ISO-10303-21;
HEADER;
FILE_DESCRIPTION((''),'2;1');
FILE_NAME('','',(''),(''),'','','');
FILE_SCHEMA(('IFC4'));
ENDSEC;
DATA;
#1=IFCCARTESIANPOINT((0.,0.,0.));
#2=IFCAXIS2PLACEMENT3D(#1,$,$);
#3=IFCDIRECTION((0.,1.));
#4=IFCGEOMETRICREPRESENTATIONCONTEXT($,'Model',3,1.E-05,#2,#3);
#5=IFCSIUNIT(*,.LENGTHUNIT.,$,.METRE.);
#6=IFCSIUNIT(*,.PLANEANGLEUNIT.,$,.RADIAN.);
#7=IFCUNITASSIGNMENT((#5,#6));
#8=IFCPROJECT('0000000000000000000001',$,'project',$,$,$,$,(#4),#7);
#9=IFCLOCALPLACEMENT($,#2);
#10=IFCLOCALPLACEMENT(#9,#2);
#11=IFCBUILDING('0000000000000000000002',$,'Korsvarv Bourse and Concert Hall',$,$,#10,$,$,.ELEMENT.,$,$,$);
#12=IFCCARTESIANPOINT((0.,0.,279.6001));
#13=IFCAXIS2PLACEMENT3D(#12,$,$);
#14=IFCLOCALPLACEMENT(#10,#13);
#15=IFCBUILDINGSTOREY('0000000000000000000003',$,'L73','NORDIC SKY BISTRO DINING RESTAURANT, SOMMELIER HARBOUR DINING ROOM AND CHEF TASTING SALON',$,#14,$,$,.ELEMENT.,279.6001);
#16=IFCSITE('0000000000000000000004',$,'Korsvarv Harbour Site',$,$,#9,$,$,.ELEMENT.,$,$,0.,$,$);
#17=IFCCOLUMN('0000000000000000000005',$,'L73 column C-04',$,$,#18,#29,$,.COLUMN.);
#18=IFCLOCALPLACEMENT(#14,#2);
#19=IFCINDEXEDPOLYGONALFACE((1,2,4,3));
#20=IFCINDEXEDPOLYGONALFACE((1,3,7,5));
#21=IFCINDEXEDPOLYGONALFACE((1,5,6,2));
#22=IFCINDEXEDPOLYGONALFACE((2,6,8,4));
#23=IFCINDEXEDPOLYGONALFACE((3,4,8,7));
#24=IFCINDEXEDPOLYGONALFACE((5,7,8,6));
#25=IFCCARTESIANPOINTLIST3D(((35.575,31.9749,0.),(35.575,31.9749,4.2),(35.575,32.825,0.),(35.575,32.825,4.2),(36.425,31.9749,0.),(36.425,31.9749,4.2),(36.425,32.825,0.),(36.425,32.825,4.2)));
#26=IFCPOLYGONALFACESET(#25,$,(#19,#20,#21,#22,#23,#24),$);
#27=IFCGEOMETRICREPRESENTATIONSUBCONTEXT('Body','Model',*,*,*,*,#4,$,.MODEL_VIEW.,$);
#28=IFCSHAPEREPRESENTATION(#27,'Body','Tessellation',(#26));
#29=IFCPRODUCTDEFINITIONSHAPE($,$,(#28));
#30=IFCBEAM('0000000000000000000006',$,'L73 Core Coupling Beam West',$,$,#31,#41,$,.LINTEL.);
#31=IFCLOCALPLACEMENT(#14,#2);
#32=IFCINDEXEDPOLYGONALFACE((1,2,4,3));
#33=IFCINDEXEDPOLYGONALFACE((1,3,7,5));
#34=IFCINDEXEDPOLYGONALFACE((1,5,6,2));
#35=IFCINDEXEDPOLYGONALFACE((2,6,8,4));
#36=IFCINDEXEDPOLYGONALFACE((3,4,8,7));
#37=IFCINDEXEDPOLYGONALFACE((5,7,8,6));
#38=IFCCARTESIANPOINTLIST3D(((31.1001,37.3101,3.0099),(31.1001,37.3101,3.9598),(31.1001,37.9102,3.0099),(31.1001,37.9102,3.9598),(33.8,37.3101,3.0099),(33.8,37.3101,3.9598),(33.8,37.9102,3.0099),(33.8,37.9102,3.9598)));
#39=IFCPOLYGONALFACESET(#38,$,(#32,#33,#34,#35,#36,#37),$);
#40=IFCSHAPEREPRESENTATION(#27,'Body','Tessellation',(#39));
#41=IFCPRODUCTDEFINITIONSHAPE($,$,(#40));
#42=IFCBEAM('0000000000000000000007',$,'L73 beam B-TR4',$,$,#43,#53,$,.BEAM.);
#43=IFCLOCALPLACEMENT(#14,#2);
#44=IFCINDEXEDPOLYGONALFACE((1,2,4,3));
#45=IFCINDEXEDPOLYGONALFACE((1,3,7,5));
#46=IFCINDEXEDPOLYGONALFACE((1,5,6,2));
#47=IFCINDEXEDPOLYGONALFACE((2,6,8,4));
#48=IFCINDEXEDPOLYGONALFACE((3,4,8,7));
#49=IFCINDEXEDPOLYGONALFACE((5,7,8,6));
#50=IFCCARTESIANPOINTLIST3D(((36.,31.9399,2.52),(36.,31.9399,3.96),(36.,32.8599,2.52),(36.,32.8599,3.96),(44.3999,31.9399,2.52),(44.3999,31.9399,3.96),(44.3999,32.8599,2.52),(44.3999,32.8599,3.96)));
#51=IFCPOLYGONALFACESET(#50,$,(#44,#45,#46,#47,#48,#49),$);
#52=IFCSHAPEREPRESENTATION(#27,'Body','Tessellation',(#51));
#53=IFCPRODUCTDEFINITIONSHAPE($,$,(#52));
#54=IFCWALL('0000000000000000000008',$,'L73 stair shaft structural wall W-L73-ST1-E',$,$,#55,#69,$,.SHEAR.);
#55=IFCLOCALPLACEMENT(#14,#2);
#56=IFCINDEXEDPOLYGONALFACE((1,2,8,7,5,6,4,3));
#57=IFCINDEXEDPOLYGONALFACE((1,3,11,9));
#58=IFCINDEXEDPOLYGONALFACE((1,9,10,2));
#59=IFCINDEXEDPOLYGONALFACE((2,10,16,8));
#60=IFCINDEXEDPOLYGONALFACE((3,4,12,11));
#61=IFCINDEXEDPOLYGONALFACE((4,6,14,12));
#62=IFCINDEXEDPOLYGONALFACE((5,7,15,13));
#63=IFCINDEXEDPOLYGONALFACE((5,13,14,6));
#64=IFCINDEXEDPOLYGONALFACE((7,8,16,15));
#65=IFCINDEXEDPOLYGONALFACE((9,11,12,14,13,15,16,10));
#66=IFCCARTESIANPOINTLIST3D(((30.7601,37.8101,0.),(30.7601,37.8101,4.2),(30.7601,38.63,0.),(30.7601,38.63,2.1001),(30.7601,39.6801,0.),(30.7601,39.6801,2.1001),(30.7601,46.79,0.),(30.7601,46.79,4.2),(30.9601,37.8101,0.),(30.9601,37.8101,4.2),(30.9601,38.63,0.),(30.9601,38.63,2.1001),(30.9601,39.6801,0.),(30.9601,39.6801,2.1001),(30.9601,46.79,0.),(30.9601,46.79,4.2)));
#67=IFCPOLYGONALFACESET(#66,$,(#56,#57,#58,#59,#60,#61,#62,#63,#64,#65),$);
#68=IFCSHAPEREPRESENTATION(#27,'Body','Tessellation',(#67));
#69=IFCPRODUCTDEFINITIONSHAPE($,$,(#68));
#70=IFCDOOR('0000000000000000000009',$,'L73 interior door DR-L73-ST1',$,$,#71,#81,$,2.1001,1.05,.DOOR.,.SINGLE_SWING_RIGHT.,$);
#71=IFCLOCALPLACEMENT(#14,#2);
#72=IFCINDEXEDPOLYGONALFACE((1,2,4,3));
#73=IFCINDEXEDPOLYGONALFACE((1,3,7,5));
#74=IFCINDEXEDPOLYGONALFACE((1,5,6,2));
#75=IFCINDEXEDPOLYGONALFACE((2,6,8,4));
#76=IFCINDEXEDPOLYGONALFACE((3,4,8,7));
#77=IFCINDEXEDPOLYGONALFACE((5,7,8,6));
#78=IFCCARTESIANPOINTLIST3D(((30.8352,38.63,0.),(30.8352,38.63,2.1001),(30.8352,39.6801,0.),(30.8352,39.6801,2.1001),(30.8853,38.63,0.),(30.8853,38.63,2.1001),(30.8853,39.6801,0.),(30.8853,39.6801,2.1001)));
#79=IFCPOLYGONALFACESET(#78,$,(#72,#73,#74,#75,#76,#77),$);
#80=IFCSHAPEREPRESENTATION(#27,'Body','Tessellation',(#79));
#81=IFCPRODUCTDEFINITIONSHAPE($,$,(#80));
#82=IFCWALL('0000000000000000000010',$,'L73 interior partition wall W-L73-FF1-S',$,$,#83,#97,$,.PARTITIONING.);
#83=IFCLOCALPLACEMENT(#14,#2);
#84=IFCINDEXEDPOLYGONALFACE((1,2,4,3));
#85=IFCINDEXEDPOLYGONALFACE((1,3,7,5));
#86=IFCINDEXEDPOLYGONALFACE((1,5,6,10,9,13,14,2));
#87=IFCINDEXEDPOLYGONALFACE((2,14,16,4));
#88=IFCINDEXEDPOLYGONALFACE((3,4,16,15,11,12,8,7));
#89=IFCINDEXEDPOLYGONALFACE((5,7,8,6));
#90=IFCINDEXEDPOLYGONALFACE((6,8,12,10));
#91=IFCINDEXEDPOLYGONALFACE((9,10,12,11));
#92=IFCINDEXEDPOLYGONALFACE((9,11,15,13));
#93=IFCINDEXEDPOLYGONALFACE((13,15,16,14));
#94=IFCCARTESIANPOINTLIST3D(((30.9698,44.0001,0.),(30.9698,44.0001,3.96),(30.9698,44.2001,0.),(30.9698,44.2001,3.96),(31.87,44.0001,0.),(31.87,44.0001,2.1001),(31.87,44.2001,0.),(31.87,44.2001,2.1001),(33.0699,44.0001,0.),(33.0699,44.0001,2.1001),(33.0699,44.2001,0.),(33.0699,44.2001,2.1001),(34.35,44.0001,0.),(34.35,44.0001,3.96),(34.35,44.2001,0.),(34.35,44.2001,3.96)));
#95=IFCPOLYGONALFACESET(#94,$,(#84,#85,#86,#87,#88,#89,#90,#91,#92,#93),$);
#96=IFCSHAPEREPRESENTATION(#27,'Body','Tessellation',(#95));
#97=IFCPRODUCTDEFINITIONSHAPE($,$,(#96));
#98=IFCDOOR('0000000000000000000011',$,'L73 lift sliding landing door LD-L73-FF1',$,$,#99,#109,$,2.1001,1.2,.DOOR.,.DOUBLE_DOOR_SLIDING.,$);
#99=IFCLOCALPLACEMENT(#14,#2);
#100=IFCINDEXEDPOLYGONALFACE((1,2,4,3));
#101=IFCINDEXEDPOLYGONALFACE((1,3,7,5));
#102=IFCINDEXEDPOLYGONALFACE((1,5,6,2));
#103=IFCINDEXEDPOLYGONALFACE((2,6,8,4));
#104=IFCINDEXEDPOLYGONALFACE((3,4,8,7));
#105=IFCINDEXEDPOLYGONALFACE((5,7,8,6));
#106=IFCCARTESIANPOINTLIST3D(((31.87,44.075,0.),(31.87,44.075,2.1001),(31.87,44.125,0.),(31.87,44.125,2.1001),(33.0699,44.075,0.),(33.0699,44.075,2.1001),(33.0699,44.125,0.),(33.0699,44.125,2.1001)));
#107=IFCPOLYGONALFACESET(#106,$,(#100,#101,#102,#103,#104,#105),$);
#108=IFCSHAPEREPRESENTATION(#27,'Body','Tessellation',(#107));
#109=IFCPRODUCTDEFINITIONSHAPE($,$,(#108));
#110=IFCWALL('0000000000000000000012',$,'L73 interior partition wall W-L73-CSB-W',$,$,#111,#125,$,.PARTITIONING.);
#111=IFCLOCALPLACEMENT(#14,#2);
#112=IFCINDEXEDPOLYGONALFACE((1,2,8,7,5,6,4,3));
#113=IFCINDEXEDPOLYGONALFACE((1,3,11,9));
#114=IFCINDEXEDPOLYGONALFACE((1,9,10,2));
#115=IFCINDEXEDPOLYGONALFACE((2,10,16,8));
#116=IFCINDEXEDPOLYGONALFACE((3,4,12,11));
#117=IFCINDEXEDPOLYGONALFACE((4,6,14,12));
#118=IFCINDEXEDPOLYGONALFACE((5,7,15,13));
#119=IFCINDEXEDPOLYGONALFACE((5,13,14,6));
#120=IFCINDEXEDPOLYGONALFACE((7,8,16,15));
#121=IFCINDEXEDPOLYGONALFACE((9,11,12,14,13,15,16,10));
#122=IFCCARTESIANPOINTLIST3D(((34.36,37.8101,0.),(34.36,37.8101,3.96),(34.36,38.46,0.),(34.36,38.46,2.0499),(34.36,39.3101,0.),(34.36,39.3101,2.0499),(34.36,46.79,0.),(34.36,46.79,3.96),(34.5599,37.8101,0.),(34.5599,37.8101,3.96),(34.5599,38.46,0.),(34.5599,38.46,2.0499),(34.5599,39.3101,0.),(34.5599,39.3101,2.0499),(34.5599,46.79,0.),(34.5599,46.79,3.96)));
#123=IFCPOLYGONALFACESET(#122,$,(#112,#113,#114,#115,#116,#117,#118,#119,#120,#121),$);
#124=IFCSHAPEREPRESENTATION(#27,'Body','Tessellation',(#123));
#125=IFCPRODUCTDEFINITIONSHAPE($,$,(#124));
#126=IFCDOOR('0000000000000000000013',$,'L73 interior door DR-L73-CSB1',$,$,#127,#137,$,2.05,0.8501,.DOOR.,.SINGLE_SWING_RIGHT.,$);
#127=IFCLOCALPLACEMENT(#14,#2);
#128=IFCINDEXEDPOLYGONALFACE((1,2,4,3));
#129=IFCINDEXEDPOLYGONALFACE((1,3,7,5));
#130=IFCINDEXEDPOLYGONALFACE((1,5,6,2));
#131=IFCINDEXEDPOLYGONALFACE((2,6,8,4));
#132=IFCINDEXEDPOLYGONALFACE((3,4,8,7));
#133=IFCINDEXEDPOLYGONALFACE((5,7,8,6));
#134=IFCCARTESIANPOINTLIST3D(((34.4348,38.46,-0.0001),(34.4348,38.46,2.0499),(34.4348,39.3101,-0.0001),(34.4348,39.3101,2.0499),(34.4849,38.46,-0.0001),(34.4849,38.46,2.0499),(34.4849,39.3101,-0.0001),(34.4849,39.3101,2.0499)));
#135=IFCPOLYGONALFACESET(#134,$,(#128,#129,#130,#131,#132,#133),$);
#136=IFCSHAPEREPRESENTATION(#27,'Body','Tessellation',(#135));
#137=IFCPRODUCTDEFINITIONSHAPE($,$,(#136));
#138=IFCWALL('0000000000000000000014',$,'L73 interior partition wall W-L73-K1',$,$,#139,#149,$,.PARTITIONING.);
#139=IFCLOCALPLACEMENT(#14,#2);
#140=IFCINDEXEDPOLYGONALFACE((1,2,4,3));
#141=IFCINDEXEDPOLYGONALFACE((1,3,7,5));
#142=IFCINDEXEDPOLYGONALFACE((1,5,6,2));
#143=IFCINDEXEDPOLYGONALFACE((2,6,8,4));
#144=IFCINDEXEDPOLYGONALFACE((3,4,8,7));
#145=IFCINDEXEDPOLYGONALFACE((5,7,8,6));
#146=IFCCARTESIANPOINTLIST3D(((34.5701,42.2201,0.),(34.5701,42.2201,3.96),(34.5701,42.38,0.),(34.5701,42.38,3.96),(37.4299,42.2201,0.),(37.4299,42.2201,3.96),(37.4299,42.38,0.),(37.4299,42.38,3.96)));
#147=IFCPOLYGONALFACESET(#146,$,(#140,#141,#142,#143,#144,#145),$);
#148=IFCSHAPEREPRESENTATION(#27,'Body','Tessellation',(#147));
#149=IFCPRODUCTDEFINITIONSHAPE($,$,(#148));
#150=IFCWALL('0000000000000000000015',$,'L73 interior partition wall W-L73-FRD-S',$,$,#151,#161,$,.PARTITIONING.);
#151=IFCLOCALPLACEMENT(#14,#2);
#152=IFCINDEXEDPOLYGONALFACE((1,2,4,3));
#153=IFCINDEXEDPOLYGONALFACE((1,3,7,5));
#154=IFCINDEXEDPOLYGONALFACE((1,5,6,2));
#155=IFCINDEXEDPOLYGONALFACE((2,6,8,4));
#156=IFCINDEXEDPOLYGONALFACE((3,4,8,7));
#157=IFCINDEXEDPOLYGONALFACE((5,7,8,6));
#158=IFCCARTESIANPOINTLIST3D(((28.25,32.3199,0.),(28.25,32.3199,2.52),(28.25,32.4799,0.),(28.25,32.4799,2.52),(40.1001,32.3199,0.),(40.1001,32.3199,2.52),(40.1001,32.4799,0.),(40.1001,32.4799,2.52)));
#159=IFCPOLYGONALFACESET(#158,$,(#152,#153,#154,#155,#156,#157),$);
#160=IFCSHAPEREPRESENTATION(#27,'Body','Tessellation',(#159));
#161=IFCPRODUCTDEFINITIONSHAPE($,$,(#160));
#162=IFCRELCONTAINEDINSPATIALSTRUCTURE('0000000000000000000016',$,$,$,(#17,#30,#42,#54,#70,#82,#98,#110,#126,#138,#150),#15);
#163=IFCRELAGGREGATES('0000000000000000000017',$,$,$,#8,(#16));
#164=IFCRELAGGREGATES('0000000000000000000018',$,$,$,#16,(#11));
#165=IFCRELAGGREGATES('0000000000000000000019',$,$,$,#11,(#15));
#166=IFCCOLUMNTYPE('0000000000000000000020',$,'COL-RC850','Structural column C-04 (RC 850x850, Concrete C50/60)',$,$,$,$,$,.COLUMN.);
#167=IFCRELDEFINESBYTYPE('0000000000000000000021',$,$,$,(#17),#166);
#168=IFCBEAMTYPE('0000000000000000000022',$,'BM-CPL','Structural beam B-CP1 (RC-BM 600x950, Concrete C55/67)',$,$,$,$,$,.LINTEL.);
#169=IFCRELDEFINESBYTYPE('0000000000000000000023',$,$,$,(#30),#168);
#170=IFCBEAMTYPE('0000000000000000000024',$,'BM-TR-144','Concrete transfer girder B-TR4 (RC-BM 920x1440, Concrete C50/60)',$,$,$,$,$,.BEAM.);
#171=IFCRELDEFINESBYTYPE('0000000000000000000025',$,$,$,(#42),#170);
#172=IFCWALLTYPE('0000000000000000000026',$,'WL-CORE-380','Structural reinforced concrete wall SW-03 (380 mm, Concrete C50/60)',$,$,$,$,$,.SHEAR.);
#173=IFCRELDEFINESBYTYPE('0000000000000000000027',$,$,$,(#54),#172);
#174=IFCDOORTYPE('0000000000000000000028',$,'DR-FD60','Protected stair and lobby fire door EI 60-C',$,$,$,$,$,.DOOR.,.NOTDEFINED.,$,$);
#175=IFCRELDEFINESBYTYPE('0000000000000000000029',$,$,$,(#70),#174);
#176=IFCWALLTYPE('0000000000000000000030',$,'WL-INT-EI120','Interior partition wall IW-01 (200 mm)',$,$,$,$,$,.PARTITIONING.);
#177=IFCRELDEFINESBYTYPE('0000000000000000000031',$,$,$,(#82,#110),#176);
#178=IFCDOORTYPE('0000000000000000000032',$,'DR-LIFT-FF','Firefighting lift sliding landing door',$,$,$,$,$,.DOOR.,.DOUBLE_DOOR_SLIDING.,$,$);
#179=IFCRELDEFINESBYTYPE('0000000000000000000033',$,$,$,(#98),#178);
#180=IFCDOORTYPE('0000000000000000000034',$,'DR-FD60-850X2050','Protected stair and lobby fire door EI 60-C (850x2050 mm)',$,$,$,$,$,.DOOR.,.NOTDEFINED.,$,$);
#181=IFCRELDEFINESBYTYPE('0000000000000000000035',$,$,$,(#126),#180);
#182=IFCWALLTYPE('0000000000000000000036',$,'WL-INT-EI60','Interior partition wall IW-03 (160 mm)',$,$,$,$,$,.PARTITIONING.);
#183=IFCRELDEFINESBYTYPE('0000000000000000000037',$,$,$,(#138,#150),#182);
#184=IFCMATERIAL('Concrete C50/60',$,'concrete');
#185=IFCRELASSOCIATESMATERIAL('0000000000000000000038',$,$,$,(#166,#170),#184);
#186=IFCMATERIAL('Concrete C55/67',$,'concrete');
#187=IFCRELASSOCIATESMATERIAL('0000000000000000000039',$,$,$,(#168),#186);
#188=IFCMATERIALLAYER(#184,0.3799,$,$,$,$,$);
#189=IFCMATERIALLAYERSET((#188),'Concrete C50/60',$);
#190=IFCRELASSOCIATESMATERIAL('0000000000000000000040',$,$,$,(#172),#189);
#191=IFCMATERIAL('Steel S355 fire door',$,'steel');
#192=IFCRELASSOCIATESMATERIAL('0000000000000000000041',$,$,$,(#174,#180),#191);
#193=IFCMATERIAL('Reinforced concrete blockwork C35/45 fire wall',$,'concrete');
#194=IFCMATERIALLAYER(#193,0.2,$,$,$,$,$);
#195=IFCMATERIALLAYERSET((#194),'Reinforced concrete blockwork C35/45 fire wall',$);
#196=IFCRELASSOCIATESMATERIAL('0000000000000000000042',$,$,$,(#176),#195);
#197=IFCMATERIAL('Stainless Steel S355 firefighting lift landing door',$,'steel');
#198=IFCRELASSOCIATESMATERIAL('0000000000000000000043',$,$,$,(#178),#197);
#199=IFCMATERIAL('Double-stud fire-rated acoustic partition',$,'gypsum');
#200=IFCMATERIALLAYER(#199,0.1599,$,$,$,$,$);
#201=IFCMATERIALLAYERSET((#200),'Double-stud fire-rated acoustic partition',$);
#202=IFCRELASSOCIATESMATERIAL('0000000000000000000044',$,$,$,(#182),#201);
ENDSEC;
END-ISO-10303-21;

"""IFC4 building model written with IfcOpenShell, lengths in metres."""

from ifc_helpers import new_model, si_unit, direction, frame, frame_2d, origin, origin_2d, place, context, subcontext, project, spatial, rectangle, extrude, source, transform, mapped, material, layer, layer_set, material_profile, profile_set, type_object, element, fill, save


model = new_model("IFC4")

# Units and contexts
model_context = context("Model", 3, precision=1e-05, world=origin(), true_north=direction((0.0, 1.0)))
body_context = subcontext(model_context, "Body", "Model", "MODEL_VIEW")
ifc_project = project(units=[si_unit("LENGTHUNIT", "METRE"), si_unit("PLANEANGLEUNIT", "RADIAN")], contexts=[model_context])

# Site, building, storey
site_placement = place(None, origin())
site = spatial("IfcSite", under=ifc_project, at=site_placement, Name="Korsvarv Harbour Site", CompositionType="ELEMENT", RefElevation=0.0)
building_placement = place(site_placement, origin())
building = spatial("IfcBuilding", under=site, at=building_placement, Name="Korsvarv Bourse and Concert Hall", CompositionType="ELEMENT")
storey_placement = place(building_placement, frame((0.0, 0.0, 279.6001)))
storey = spatial("IfcBuildingStorey", under=building, at=storey_placement, Name="L73", Description="NORDIC SKY BISTRO DINING RESTAURANT, SOMMELIER HARBOUR DINING ROOM AND CHEF TASTING SALON", CompositionType="ELEMENT", Elevation=279.6001)

# Column
ifc_material_1 = material(Name="Concrete C50/60", Category="concrete")
ifc_material_profile_1 = material_profile(ifc_material_1, rectangle(XDim=0.8501, YDim=0.8501, at=origin_2d()), Name="RC 850x850")
ifc_profile_set_1 = profile_set([ifc_material_profile_1], Name="Concrete C50/60")
column_type = type_object("IfcColumnType", Name="COL-RC850", Description="Structural column C-04 (RC 850x850, Concrete C50/60)", PredefinedType="COLUMN", material=ifc_profile_set_1)
shared_shape_1 = source(origin(), body_context, "Body", "SweptSolid", [
    extrude(rectangle(XDim=0.8501, YDim=0.8501, at=origin_2d()), origin(), (0.0, 0.0, 1.0), 4.2),
])
column_placement = place(storey_placement, frame((36.0, 32.3999, 0.0), z_axis=(0.0, 0.0, 1.0), x_axis=(1.0, 0.0, 0.0)))
element("IfcColumn", 1, at=column_placement, inside=storey, type_object=column_type, Name="L73 column C-04", PredefinedType="COLUMN", context=body_context, shape_type="MappedRepresentation", body=[
    mapped(shared_shape_1, transform((0.0, 0.0, 0.0), scale=1.0)),
])

# Beams
ifc_material_2 = material(Name="Concrete C55/67", Category="concrete")
ifc_material_profile_2 = material_profile(ifc_material_2, rectangle(XDim=0.6001, YDim=0.95, at=origin_2d()), Name="RC-BM 600x950")
ifc_profile_set_2 = profile_set([ifc_material_profile_2], Name="Concrete C55/67")
beam_type_1 = type_object("IfcBeamType", Name="BM-CPL", Description="Structural beam B-CP1 (RC-BM 600x950, Concrete C55/67)", PredefinedType="LINTEL", material=ifc_profile_set_2)
shared_shape_2 = source(origin(), body_context, "Body", "SweptSolid", [
    extrude(rectangle(XDim=0.6001, YDim=0.95, at=origin_2d()), origin(), (0.0, 0.0, 1.0), 2.7),
])
beam_1_placement = place(storey_placement, frame((31.1001, 37.6101, 3.4849), z_axis=(1.0, 0.0, 0.0), x_axis=(0.0, 1.0, 0.0)))
element("IfcBeam", 2, at=beam_1_placement, inside=storey, type_object=beam_type_1, Name="L73 Core Coupling Beam West", PredefinedType="LINTEL", context=body_context, shape_type="MappedRepresentation", body=[
    mapped(shared_shape_2, transform((0.0, 0.0, 0.0), scale=1.0)),
])
ifc_material_profile_3 = material_profile(ifc_material_1, rectangle(XDim=0.9199, YDim=1.4399, at=origin_2d()), Name="RC-BM 920x1440")
ifc_profile_set_3 = profile_set([ifc_material_profile_3], Name="Concrete C50/60")
beam_type_2 = type_object("IfcBeamType", Name="BM-TR-144", Description="Concrete transfer girder B-TR4 (RC-BM 920x1440, Concrete C50/60)", PredefinedType="BEAM", material=ifc_profile_set_3)
shared_shape_3 = source(origin(), body_context, "Body", "SweptSolid", [
    extrude(rectangle(XDim=0.9199, YDim=1.4399, at=origin_2d()), origin(), (0.0, 0.0, 1.0), 8.3999),
])
beam_2_placement = place(storey_placement, frame((36.0, 32.3999, 3.24), z_axis=(1.0, 0.0, 0.0), x_axis=(0.0, 1.0, 0.0)))
element("IfcBeam", 3, at=beam_2_placement, inside=storey, type_object=beam_type_2, Name="L73 beam B-TR4", PredefinedType="BEAM", context=body_context, shape_type="MappedRepresentation", body=[
    mapped(shared_shape_3, transform((0.0, 0.0, 0.0), scale=1.0)),
])

# Walls, openings, doors
ifc_layer_1 = layer(ifc_material_1, 0.3799)
ifc_layer_set_1 = layer_set([ifc_layer_1], Name="Concrete C50/60")
wall_type_1 = type_object("IfcWallType", Name="WL-CORE-380", Description="Structural reinforced concrete wall SW-03 (380 mm, Concrete C50/60)", PredefinedType="SHEAR", material=ifc_layer_set_1)
wall_1_placement = place(storey_placement, frame((30.8601, 37.8101, 0.0), z_axis=(0.0, 0.0, 1.0), x_axis=(0.0, 1.0, 0.0)))
wall_1 = element("IfcWall", 4, at=wall_1_placement, inside=storey, type_object=wall_type_1, Name="L73 stair shaft structural wall W-L73-ST1-E", PredefinedType="SHEAR", context=body_context, shape_type="SweptSolid", body=[
    extrude(rectangle(XDim=8.98, YDim=0.2, at=frame_2d((4.49, 0.0))), origin(), (0.0, 0.0, 1.0), 4.2),
])
opening_1_placement = place(wall_1_placement, frame((0.8201, 0.0, 0.0)))
opening_1 = element("IfcOpeningElement", 5, at=opening_1_placement, cuts=wall_1, PredefinedType="OPENING", context=body_context, shape_type="SweptSolid", body=[
    extrude(rectangle(XDim=1.05, YDim=2.1001, at=frame_2d((0.5249, 1.05))), frame((0.0, 0.1099, 0.0), z_axis=(0.0, -1.0, 0.0), x_axis=(1.0, 0.0, 0.0)), (0.0, 0.0, 1.0), 0.22),
])
ifc_material_3 = material(Name="Steel S355 fire door", Category="steel")
door_type_1 = type_object("IfcDoorType", Name="DR-FD60", Description="Protected stair and lobby fire door EI 60-C", OperationType="NOTDEFINED", PredefinedType="DOOR", material=ifc_material_3)
door_1_placement = place(opening_1_placement, origin())
door_1 = element("IfcDoor", 6, at=door_1_placement, inside=storey, type_object=door_type_1, Name="L73 interior door DR-L73-ST1", OperationType="SINGLE_SWING_RIGHT", OverallHeight=2.1001, OverallWidth=1.05, PredefinedType="DOOR", context=body_context, shape_type="SweptSolid", body=[
    extrude(rectangle(XDim=1.05, YDim=2.1001, at=frame_2d((0.5249, 1.05))), frame((0.0, 0.0249, 0.0), z_axis=(0.0, -1.0, 0.0), x_axis=(1.0, 0.0, 0.0)), (0.0, 0.0, 1.0), 0.05),
])
fill(opening_1, door_1)
ifc_material_4 = material(Name="Reinforced concrete blockwork C35/45 fire wall", Category="concrete")
ifc_layer_2 = layer(ifc_material_4, 0.2)
ifc_layer_set_2 = layer_set([ifc_layer_2], Name="Reinforced concrete blockwork C35/45 fire wall")
wall_type_2 = type_object("IfcWallType", Name="WL-INT-EI120", Description="Interior partition wall IW-01 (200 mm)", PredefinedType="PARTITIONING", material=ifc_layer_set_2)
wall_2_placement = place(storey_placement, frame((30.97, 44.1001, 0.0), z_axis=(0.0, 0.0, 1.0), x_axis=(1.0, 0.0, 0.0)))
wall_2 = element("IfcWall", 7, at=wall_2_placement, inside=storey, type_object=wall_type_2, Name="L73 interior partition wall W-L73-FF1-S", PredefinedType="PARTITIONING", context=body_context, shape_type="SweptSolid", body=[
    extrude(rectangle(XDim=3.3801, YDim=0.2, at=frame_2d((1.6899, 0.0))), origin(), (0.0, 0.0, 1.0), 3.96),
])
opening_2_placement = place(wall_2_placement, frame((0.8999, 0.0, 0.0)))
opening_2 = element("IfcOpeningElement", 8, at=opening_2_placement, cuts=wall_2, PredefinedType="OPENING", context=body_context, shape_type="SweptSolid", body=[
    extrude(rectangle(XDim=1.2, YDim=2.1001, at=frame_2d((0.6001, 1.05))), frame((0.0, 0.1099, 0.0), z_axis=(0.0, -1.0, 0.0), x_axis=(1.0, 0.0, 0.0)), (0.0, 0.0, 1.0), 0.22),
])
ifc_material_5 = material(Name="Stainless Steel S355 firefighting lift landing door", Category="steel")
door_type_2 = type_object("IfcDoorType", Name="DR-LIFT-FF", Description="Firefighting lift sliding landing door", OperationType="DOUBLE_DOOR_SLIDING", PredefinedType="DOOR", material=ifc_material_5)
door_2_placement = place(opening_2_placement, origin())
door_2 = element("IfcDoor", 9, at=door_2_placement, inside=storey, type_object=door_type_2, Name="L73 lift sliding landing door LD-L73-FF1", OperationType="DOUBLE_DOOR_SLIDING", OverallHeight=2.1001, OverallWidth=1.2, PredefinedType="DOOR", context=body_context, shape_type="SweptSolid", body=[
    extrude(rectangle(XDim=1.2, YDim=2.1001, at=frame_2d((0.6001, 1.05))), frame((0.0, 0.0249, 0.0), z_axis=(0.0, -1.0, 0.0), x_axis=(1.0, 0.0, 0.0)), (0.0, 0.0, 1.0), 0.05),
])
fill(opening_2, door_2)
wall_3_placement = place(storey_placement, frame((34.46, 37.8101, 0.0), z_axis=(0.0, 0.0, 1.0), x_axis=(0.0, 1.0, 0.0)))
wall_3 = element("IfcWall", 10, at=wall_3_placement, inside=storey, type_object=wall_type_2, Name="L73 interior partition wall W-L73-CSB-W", PredefinedType="PARTITIONING", context=body_context, shape_type="SweptSolid", body=[
    extrude(rectangle(XDim=8.98, YDim=0.2, at=frame_2d((4.49, 0.0))), origin(), (0.0, 0.0, 1.0), 3.96),
])
opening_3_placement = place(wall_3_placement, frame((0.6499, 0.0, 0.0)))
opening_3 = element("IfcOpeningElement", 11, at=opening_3_placement, cuts=wall_3, PredefinedType="OPENING", context=body_context, shape_type="SweptSolid", body=[
    extrude(rectangle(XDim=0.8501, YDim=2.05, at=frame_2d((0.425, 1.0249))), frame((0.0, 0.1099, 0.0), z_axis=(0.0, -1.0, 0.0), x_axis=(1.0, 0.0, 0.0)), (0.0, 0.0, 1.0), 0.22),
])
door_type_3 = type_object("IfcDoorType", Name="DR-FD60-850X2050", Description="Protected stair and lobby fire door EI 60-C (850x2050 mm)", OperationType="NOTDEFINED", PredefinedType="DOOR", material=ifc_material_3)
door_3_placement = place(opening_3_placement, frame((0.8501, 0.0, 0.0), z_axis=(0.0, 0.0, 1.0), x_axis=(-1.0, 0.0, 0.0)))
door_3 = element("IfcDoor", 12, at=door_3_placement, inside=storey, type_object=door_type_3, Name="L73 interior door DR-L73-CSB1", OperationType="SINGLE_SWING_RIGHT", OverallHeight=2.05, OverallWidth=0.8501, PredefinedType="DOOR", context=body_context, shape_type="SweptSolid", body=[
    extrude(rectangle(XDim=0.8501, YDim=2.05, at=frame_2d((0.425, 1.0249))), frame((0.0, 0.0249, 0.0), z_axis=(0.0, -1.0, 0.0), x_axis=(1.0, 0.0, 0.0)), (0.0, 0.0, 1.0), 0.05),
])
fill(opening_3, door_3)

# Walls
ifc_material_6 = material(Name="Double-stud fire-rated acoustic partition", Category="gypsum")
ifc_layer_3 = layer(ifc_material_6, 0.1599)
ifc_layer_set_3 = layer_set([ifc_layer_3], Name="Double-stud fire-rated acoustic partition")
wall_type_3 = type_object("IfcWallType", Name="WL-INT-EI60", Description="Interior partition wall IW-03 (160 mm)", PredefinedType="PARTITIONING", material=ifc_layer_set_3)
wall_4_placement = place(storey_placement, frame((34.5701, 42.3, 0.0), z_axis=(0.0, 0.0, 1.0), x_axis=(1.0, 0.0, 0.0)))
element("IfcWall", 13, at=wall_4_placement, inside=storey, type_object=wall_type_3, Name="L73 interior partition wall W-L73-K1", PredefinedType="PARTITIONING", context=body_context, shape_type="SweptSolid", body=[
    extrude(rectangle(XDim=2.8599, YDim=0.1599, at=frame_2d((1.4299, 0.0))), origin(), (0.0, 0.0, 1.0), 3.96),
])
wall_5_placement = place(storey_placement, frame((28.25, 32.3999, 0.0), z_axis=(0.0, 0.0, 1.0), x_axis=(1.0, 0.0, 0.0)))
element("IfcWall", 14, at=wall_5_placement, inside=storey, type_object=wall_type_3, Name="L73 interior partition wall W-L73-FRD-S", PredefinedType="PARTITIONING", context=body_context, shape_type="SweptSolid", body=[
    extrude(rectangle(XDim=11.8501, YDim=0.1599, at=frame_2d((5.925, 0.0))), origin(), (0.0, 0.0, 1.0), 2.52),
])

save(model, "model.ifc")
